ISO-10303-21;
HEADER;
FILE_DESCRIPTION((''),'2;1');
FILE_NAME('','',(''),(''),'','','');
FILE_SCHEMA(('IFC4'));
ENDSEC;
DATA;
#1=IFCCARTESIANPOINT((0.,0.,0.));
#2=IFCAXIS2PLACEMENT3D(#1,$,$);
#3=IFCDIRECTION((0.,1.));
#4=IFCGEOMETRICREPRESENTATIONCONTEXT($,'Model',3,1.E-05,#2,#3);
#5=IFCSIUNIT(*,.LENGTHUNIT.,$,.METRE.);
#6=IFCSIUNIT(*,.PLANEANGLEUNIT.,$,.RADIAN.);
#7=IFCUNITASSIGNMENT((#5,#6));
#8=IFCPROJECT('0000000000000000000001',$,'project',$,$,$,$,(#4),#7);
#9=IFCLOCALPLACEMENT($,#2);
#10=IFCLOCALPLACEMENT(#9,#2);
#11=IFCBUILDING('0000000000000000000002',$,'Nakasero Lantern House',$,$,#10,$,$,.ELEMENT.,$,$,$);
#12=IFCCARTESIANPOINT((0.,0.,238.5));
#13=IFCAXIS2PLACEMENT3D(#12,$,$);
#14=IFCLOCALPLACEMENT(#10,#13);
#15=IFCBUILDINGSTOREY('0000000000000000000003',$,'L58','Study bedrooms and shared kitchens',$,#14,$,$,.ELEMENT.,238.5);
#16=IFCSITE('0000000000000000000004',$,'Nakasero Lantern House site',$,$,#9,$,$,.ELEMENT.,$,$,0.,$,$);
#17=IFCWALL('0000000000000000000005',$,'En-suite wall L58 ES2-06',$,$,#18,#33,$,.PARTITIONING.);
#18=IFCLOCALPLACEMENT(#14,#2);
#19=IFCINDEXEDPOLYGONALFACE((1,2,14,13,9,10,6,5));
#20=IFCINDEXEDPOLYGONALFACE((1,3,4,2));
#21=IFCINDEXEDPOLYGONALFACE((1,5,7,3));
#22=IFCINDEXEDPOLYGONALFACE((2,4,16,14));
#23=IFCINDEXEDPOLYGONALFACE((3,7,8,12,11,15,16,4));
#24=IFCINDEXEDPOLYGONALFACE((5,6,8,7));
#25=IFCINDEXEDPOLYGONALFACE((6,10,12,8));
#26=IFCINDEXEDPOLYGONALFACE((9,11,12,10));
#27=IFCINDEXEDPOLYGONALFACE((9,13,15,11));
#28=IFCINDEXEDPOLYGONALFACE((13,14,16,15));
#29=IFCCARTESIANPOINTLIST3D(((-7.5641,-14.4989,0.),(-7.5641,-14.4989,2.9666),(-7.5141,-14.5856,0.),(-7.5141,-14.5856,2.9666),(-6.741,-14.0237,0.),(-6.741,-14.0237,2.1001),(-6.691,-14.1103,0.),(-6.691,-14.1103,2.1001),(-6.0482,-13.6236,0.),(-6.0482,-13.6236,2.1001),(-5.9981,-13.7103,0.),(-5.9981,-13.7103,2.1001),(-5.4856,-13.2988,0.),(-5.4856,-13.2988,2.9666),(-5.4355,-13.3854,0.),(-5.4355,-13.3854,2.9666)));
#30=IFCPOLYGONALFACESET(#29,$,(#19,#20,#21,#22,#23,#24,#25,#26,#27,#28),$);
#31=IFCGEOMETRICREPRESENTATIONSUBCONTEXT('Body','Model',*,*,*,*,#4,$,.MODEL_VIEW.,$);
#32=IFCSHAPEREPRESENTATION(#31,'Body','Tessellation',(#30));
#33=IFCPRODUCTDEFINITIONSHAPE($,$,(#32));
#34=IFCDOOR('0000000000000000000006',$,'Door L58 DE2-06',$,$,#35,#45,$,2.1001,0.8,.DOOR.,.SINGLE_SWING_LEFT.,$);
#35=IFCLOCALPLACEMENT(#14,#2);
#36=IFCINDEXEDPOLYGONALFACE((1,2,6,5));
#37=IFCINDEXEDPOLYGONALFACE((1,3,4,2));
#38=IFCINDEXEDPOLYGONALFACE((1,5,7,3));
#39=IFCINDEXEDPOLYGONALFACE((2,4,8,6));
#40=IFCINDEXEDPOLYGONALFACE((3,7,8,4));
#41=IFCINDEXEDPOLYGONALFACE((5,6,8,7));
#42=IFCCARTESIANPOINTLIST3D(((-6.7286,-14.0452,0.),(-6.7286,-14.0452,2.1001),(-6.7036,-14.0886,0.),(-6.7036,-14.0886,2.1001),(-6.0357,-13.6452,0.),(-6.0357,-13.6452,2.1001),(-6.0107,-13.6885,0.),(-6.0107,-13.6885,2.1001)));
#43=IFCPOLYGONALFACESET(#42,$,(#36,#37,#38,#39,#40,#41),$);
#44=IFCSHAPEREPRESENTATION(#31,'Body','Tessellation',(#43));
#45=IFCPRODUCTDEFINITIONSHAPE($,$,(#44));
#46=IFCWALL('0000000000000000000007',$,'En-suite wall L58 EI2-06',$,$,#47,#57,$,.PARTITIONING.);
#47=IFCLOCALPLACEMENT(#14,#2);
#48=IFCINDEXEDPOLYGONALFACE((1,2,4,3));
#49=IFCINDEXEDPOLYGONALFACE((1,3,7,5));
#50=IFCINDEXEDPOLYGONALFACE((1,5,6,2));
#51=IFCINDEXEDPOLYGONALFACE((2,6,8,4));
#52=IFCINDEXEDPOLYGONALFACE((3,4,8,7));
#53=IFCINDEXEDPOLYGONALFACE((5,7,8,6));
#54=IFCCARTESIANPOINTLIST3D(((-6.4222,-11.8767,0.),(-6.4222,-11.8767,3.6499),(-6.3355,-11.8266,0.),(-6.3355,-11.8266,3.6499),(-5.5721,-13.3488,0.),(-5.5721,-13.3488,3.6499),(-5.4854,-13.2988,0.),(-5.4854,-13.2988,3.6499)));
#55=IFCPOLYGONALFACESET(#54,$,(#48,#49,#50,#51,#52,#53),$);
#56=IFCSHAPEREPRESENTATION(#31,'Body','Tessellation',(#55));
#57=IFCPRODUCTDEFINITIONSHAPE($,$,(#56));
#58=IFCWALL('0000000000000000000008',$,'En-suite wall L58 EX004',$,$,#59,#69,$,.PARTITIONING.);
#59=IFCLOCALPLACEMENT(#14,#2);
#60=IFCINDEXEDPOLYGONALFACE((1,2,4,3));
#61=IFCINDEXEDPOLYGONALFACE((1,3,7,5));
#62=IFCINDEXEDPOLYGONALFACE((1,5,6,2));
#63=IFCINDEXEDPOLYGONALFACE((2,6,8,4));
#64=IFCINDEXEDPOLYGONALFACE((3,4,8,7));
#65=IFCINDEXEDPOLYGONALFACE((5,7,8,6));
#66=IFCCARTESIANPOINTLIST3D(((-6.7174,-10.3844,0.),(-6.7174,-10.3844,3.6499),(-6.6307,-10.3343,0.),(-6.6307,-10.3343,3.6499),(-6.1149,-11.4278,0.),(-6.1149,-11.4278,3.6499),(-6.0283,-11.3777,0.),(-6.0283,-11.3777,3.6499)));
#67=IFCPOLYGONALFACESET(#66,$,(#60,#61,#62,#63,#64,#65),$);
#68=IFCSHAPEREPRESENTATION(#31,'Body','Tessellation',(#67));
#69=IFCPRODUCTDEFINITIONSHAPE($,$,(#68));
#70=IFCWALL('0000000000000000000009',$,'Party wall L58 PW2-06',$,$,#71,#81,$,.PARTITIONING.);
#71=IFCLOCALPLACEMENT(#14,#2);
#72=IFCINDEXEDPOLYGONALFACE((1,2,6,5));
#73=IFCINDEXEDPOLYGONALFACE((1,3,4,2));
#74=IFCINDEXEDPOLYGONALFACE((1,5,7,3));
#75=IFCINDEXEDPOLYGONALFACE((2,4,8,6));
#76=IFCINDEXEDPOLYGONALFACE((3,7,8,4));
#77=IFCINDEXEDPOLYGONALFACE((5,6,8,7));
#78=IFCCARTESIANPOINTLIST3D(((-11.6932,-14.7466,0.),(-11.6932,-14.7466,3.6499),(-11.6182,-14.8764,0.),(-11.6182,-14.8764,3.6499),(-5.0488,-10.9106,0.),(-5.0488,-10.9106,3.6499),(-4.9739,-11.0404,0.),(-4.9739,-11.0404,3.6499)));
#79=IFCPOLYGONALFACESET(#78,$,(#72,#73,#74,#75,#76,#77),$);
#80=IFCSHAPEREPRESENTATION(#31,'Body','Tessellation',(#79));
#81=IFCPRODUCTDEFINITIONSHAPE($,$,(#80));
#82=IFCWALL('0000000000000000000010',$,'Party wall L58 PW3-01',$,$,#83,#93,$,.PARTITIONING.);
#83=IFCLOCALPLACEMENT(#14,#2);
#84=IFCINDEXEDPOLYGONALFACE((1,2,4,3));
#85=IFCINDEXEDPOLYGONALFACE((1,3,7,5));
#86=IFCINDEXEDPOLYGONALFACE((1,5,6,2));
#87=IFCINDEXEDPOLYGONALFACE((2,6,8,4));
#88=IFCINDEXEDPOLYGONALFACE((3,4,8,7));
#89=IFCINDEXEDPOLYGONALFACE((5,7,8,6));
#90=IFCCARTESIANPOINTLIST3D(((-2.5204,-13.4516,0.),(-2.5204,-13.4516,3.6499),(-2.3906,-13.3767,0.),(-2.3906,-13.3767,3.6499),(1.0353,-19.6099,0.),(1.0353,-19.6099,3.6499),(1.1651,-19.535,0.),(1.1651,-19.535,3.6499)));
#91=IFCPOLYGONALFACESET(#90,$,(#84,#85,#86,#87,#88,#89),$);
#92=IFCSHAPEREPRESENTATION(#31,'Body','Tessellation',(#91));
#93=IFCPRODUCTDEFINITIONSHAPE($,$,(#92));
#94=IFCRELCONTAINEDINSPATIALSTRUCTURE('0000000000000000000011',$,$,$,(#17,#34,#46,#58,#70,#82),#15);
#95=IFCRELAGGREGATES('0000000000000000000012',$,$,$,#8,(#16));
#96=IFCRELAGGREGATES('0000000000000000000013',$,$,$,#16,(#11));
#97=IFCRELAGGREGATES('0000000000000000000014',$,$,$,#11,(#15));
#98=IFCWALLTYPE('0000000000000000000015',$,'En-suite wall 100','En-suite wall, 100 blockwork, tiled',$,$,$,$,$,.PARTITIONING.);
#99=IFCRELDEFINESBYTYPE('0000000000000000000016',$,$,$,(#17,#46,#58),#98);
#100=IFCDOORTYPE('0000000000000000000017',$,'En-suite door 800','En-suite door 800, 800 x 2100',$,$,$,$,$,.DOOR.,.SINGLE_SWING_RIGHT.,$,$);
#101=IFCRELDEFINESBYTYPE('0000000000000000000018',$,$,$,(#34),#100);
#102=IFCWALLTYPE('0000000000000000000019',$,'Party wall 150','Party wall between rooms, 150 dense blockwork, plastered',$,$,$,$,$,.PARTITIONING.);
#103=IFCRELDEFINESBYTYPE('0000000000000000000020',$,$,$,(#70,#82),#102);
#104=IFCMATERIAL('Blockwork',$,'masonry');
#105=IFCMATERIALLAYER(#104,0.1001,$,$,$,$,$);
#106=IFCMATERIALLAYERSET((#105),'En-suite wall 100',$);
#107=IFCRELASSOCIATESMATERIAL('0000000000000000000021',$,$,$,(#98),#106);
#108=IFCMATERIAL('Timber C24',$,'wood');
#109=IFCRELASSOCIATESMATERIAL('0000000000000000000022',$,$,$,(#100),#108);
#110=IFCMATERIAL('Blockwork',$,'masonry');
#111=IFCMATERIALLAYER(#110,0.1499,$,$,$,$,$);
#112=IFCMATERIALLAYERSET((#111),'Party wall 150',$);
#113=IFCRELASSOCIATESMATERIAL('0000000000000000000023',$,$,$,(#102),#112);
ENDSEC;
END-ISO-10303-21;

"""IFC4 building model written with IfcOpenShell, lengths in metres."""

from ifc_helpers import new_model, si_unit, direction, frame, frame_2d, origin, place, context, subcontext, project, spatial, rectangle, extrude, material, layer, layer_set, type_object, element, fill, save


model = new_model("IFC4")

# Units and contexts
model_context = context("Model", 3, precision=1e-05, world=origin(), true_north=direction((0.0, 1.0)))
body_context = subcontext(model_context, "Body", "Model", "MODEL_VIEW")
ifc_project = project(units=[si_unit("LENGTHUNIT", "METRE"), si_unit("PLANEANGLEUNIT", "RADIAN")], contexts=[model_context])

# Site, building, storey
site_placement = place(None, origin())
site = spatial("IfcSite", under=ifc_project, at=site_placement, Name="Nakasero Lantern House site", CompositionType="ELEMENT", RefElevation=0.0)
building_placement = place(site_placement, origin())
building = spatial("IfcBuilding", under=site, at=building_placement, Name="Nakasero Lantern House", CompositionType="ELEMENT")
storey_placement = place(building_placement, frame((0.0, 0.0, 238.5)))
storey = spatial("IfcBuildingStorey", under=building, at=storey_placement, Name="L58", Description="Study bedrooms and shared kitchens", CompositionType="ELEMENT", Elevation=238.5)

# Wall, opening, door
ifc_material_1 = material(Name="Blockwork", Category="masonry")
ifc_layer_1 = layer(ifc_material_1, 0.1001)
ifc_layer_set_1 = layer_set([ifc_layer_1], Name="En-suite wall 100")
wall_type_1 = type_object("IfcWallType", Name="En-suite wall 100", Description="En-suite wall, 100 blockwork, tiled", PredefinedType="PARTITIONING", material=ifc_layer_set_1)
wall_1_placement = place(storey_placement, frame((-5.4604, -13.342, 0.0), z_axis=(0.0, 0.0, 1.0), x_axis=(-0.866006, -0.500034, 0.0)))
wall_1 = element("IfcWall", 1, at=wall_1_placement, inside=storey, type_object=wall_type_1, Name="En-suite wall L58 ES2-06", PredefinedType="PARTITIONING", context=body_context, shape_type="SweptSolid", body=[
    extrude(rectangle(XDim=2.4001, YDim=0.1001, at=frame_2d((1.2002, 0.0))), origin(), (0.0, 0.0, 1.0), 2.9666),
])
opening_1_placement = place(wall_1_placement, frame((0.6499, 0.0, 0.0)))
opening_1 = element("IfcOpeningElement", 2, at=opening_1_placement, cuts=wall_1, PredefinedType="OPENING", context=body_context, shape_type="SweptSolid", body=[
    extrude(rectangle(XDim=0.8, YDim=2.1001, at=frame_2d((0.3999, 1.05))), frame((0.0, 0.0701, 0.0), z_axis=(0.0, -1.0, 0.0), x_axis=(1.0, 0.0, 0.0)), (0.0, 0.0, 1.0), 0.1401),
])
ifc_material_2 = material(Name="Timber C24", Category="wood")
door_type_1 = type_object("IfcDoorType", Name="En-suite door 800", Description="En-suite door 800, 800 x 2100", OperationType="SINGLE_SWING_RIGHT", PredefinedType="DOOR", material=ifc_material_2)
door_1_placement = place(opening_1_placement, origin())
door_1 = element("IfcDoor", 3, at=door_1_placement, inside=storey, type_object=door_type_1, Name="Door L58 DE2-06", OperationType="SINGLE_SWING_LEFT", OverallHeight=2.1001, OverallWidth=0.8, PredefinedType="DOOR", context=body_context, shape_type="SweptSolid", body=[
    extrude(rectangle(XDim=0.8, YDim=2.1001, at=frame_2d((0.3999, 1.05))), frame((0.0, 0.0249, 0.0), z_axis=(0.0, -1.0, 0.0), x_axis=(1.0, 0.0, 0.0)), (0.0, 0.0, 1.0), 0.05),
])
fill(opening_1, door_1)

# Walls
wall_2_placement = place(storey_placement, frame((-6.3789, -11.8516, 0.0), z_axis=(0.0, 0.0, 1.0), x_axis=(0.500062, -0.865989, 0.0)))
element("IfcWall", 4, at=wall_2_placement, inside=storey, type_object=wall_type_1, Name="En-suite wall L58 EI2-06", PredefinedType="PARTITIONING", context=body_context, shape_type="SweptSolid", body=[
    extrude(rectangle(XDim=1.7, YDim=0.1001, at=frame_2d((0.8501, 0.0))), origin(), (0.0, 0.0, 1.0), 3.6499),
])
wall_3_placement = place(storey_placement, frame((-6.0715, -11.4028, 0.0), z_axis=(0.0, 0.0, 1.0), x_axis=(-0.500062, 0.86599, 0.0)))
element("IfcWall", 5, at=wall_3_placement, inside=storey, type_object=wall_type_1, Name="En-suite wall L58 EX004", PredefinedType="PARTITIONING", context=body_context, shape_type="SweptSolid", body=[
    extrude(rectangle(XDim=1.2048, YDim=0.1001, at=frame_2d((0.6025, 0.0))), origin(), (0.0, 0.0, 1.0), 3.6499),
])
ifc_material_3 = material(Name="Blockwork", Category="masonry")
ifc_layer_2 = layer(ifc_material_3, 0.1499)
ifc_layer_set_2 = layer_set([ifc_layer_2], Name="Party wall 150")
wall_type_2 = type_object("IfcWallType", Name="Party wall 150", Description="Party wall between rooms, 150 dense blockwork, plastered", PredefinedType="PARTITIONING", material=ifc_layer_set_2)
wall_4_placement = place(storey_placement, frame((-5.0115, -10.9756, 0.0), z_axis=(0.0, 0.0, 1.0), x_axis=(-0.866034, -0.499986, 0.0)))
element("IfcWall", 6, at=wall_4_placement, inside=storey, type_object=wall_type_2, Name="Party wall L58 PW2-06", PredefinedType="PARTITIONING", context=body_context, shape_type="SweptSolid", body=[
    extrude(rectangle(XDim=7.6721, YDim=0.1499, at=frame_2d((3.8359, 0.0))), origin(), (0.0, 0.0, 1.0), 3.6499),
])
wall_5_placement = place(storey_placement, frame((-2.4556, -13.4141, 0.0), z_axis=(0.0, 0.0, 1.0), x_axis=(0.500024, -0.866012, 0.0)))
element("IfcWall", 7, at=wall_5_placement, inside=storey, type_object=wall_type_2, Name="Party wall L58 PW3-01", PredefinedType="PARTITIONING", context=body_context, shape_type="SweptSolid", body=[
    extrude(rectangle(XDim=7.1111, YDim=0.1499, at=frame_2d((3.5557, 0.0))), origin(), (0.0, 0.0, 1.0), 3.6499),
])

save(model, "model.ifc")
